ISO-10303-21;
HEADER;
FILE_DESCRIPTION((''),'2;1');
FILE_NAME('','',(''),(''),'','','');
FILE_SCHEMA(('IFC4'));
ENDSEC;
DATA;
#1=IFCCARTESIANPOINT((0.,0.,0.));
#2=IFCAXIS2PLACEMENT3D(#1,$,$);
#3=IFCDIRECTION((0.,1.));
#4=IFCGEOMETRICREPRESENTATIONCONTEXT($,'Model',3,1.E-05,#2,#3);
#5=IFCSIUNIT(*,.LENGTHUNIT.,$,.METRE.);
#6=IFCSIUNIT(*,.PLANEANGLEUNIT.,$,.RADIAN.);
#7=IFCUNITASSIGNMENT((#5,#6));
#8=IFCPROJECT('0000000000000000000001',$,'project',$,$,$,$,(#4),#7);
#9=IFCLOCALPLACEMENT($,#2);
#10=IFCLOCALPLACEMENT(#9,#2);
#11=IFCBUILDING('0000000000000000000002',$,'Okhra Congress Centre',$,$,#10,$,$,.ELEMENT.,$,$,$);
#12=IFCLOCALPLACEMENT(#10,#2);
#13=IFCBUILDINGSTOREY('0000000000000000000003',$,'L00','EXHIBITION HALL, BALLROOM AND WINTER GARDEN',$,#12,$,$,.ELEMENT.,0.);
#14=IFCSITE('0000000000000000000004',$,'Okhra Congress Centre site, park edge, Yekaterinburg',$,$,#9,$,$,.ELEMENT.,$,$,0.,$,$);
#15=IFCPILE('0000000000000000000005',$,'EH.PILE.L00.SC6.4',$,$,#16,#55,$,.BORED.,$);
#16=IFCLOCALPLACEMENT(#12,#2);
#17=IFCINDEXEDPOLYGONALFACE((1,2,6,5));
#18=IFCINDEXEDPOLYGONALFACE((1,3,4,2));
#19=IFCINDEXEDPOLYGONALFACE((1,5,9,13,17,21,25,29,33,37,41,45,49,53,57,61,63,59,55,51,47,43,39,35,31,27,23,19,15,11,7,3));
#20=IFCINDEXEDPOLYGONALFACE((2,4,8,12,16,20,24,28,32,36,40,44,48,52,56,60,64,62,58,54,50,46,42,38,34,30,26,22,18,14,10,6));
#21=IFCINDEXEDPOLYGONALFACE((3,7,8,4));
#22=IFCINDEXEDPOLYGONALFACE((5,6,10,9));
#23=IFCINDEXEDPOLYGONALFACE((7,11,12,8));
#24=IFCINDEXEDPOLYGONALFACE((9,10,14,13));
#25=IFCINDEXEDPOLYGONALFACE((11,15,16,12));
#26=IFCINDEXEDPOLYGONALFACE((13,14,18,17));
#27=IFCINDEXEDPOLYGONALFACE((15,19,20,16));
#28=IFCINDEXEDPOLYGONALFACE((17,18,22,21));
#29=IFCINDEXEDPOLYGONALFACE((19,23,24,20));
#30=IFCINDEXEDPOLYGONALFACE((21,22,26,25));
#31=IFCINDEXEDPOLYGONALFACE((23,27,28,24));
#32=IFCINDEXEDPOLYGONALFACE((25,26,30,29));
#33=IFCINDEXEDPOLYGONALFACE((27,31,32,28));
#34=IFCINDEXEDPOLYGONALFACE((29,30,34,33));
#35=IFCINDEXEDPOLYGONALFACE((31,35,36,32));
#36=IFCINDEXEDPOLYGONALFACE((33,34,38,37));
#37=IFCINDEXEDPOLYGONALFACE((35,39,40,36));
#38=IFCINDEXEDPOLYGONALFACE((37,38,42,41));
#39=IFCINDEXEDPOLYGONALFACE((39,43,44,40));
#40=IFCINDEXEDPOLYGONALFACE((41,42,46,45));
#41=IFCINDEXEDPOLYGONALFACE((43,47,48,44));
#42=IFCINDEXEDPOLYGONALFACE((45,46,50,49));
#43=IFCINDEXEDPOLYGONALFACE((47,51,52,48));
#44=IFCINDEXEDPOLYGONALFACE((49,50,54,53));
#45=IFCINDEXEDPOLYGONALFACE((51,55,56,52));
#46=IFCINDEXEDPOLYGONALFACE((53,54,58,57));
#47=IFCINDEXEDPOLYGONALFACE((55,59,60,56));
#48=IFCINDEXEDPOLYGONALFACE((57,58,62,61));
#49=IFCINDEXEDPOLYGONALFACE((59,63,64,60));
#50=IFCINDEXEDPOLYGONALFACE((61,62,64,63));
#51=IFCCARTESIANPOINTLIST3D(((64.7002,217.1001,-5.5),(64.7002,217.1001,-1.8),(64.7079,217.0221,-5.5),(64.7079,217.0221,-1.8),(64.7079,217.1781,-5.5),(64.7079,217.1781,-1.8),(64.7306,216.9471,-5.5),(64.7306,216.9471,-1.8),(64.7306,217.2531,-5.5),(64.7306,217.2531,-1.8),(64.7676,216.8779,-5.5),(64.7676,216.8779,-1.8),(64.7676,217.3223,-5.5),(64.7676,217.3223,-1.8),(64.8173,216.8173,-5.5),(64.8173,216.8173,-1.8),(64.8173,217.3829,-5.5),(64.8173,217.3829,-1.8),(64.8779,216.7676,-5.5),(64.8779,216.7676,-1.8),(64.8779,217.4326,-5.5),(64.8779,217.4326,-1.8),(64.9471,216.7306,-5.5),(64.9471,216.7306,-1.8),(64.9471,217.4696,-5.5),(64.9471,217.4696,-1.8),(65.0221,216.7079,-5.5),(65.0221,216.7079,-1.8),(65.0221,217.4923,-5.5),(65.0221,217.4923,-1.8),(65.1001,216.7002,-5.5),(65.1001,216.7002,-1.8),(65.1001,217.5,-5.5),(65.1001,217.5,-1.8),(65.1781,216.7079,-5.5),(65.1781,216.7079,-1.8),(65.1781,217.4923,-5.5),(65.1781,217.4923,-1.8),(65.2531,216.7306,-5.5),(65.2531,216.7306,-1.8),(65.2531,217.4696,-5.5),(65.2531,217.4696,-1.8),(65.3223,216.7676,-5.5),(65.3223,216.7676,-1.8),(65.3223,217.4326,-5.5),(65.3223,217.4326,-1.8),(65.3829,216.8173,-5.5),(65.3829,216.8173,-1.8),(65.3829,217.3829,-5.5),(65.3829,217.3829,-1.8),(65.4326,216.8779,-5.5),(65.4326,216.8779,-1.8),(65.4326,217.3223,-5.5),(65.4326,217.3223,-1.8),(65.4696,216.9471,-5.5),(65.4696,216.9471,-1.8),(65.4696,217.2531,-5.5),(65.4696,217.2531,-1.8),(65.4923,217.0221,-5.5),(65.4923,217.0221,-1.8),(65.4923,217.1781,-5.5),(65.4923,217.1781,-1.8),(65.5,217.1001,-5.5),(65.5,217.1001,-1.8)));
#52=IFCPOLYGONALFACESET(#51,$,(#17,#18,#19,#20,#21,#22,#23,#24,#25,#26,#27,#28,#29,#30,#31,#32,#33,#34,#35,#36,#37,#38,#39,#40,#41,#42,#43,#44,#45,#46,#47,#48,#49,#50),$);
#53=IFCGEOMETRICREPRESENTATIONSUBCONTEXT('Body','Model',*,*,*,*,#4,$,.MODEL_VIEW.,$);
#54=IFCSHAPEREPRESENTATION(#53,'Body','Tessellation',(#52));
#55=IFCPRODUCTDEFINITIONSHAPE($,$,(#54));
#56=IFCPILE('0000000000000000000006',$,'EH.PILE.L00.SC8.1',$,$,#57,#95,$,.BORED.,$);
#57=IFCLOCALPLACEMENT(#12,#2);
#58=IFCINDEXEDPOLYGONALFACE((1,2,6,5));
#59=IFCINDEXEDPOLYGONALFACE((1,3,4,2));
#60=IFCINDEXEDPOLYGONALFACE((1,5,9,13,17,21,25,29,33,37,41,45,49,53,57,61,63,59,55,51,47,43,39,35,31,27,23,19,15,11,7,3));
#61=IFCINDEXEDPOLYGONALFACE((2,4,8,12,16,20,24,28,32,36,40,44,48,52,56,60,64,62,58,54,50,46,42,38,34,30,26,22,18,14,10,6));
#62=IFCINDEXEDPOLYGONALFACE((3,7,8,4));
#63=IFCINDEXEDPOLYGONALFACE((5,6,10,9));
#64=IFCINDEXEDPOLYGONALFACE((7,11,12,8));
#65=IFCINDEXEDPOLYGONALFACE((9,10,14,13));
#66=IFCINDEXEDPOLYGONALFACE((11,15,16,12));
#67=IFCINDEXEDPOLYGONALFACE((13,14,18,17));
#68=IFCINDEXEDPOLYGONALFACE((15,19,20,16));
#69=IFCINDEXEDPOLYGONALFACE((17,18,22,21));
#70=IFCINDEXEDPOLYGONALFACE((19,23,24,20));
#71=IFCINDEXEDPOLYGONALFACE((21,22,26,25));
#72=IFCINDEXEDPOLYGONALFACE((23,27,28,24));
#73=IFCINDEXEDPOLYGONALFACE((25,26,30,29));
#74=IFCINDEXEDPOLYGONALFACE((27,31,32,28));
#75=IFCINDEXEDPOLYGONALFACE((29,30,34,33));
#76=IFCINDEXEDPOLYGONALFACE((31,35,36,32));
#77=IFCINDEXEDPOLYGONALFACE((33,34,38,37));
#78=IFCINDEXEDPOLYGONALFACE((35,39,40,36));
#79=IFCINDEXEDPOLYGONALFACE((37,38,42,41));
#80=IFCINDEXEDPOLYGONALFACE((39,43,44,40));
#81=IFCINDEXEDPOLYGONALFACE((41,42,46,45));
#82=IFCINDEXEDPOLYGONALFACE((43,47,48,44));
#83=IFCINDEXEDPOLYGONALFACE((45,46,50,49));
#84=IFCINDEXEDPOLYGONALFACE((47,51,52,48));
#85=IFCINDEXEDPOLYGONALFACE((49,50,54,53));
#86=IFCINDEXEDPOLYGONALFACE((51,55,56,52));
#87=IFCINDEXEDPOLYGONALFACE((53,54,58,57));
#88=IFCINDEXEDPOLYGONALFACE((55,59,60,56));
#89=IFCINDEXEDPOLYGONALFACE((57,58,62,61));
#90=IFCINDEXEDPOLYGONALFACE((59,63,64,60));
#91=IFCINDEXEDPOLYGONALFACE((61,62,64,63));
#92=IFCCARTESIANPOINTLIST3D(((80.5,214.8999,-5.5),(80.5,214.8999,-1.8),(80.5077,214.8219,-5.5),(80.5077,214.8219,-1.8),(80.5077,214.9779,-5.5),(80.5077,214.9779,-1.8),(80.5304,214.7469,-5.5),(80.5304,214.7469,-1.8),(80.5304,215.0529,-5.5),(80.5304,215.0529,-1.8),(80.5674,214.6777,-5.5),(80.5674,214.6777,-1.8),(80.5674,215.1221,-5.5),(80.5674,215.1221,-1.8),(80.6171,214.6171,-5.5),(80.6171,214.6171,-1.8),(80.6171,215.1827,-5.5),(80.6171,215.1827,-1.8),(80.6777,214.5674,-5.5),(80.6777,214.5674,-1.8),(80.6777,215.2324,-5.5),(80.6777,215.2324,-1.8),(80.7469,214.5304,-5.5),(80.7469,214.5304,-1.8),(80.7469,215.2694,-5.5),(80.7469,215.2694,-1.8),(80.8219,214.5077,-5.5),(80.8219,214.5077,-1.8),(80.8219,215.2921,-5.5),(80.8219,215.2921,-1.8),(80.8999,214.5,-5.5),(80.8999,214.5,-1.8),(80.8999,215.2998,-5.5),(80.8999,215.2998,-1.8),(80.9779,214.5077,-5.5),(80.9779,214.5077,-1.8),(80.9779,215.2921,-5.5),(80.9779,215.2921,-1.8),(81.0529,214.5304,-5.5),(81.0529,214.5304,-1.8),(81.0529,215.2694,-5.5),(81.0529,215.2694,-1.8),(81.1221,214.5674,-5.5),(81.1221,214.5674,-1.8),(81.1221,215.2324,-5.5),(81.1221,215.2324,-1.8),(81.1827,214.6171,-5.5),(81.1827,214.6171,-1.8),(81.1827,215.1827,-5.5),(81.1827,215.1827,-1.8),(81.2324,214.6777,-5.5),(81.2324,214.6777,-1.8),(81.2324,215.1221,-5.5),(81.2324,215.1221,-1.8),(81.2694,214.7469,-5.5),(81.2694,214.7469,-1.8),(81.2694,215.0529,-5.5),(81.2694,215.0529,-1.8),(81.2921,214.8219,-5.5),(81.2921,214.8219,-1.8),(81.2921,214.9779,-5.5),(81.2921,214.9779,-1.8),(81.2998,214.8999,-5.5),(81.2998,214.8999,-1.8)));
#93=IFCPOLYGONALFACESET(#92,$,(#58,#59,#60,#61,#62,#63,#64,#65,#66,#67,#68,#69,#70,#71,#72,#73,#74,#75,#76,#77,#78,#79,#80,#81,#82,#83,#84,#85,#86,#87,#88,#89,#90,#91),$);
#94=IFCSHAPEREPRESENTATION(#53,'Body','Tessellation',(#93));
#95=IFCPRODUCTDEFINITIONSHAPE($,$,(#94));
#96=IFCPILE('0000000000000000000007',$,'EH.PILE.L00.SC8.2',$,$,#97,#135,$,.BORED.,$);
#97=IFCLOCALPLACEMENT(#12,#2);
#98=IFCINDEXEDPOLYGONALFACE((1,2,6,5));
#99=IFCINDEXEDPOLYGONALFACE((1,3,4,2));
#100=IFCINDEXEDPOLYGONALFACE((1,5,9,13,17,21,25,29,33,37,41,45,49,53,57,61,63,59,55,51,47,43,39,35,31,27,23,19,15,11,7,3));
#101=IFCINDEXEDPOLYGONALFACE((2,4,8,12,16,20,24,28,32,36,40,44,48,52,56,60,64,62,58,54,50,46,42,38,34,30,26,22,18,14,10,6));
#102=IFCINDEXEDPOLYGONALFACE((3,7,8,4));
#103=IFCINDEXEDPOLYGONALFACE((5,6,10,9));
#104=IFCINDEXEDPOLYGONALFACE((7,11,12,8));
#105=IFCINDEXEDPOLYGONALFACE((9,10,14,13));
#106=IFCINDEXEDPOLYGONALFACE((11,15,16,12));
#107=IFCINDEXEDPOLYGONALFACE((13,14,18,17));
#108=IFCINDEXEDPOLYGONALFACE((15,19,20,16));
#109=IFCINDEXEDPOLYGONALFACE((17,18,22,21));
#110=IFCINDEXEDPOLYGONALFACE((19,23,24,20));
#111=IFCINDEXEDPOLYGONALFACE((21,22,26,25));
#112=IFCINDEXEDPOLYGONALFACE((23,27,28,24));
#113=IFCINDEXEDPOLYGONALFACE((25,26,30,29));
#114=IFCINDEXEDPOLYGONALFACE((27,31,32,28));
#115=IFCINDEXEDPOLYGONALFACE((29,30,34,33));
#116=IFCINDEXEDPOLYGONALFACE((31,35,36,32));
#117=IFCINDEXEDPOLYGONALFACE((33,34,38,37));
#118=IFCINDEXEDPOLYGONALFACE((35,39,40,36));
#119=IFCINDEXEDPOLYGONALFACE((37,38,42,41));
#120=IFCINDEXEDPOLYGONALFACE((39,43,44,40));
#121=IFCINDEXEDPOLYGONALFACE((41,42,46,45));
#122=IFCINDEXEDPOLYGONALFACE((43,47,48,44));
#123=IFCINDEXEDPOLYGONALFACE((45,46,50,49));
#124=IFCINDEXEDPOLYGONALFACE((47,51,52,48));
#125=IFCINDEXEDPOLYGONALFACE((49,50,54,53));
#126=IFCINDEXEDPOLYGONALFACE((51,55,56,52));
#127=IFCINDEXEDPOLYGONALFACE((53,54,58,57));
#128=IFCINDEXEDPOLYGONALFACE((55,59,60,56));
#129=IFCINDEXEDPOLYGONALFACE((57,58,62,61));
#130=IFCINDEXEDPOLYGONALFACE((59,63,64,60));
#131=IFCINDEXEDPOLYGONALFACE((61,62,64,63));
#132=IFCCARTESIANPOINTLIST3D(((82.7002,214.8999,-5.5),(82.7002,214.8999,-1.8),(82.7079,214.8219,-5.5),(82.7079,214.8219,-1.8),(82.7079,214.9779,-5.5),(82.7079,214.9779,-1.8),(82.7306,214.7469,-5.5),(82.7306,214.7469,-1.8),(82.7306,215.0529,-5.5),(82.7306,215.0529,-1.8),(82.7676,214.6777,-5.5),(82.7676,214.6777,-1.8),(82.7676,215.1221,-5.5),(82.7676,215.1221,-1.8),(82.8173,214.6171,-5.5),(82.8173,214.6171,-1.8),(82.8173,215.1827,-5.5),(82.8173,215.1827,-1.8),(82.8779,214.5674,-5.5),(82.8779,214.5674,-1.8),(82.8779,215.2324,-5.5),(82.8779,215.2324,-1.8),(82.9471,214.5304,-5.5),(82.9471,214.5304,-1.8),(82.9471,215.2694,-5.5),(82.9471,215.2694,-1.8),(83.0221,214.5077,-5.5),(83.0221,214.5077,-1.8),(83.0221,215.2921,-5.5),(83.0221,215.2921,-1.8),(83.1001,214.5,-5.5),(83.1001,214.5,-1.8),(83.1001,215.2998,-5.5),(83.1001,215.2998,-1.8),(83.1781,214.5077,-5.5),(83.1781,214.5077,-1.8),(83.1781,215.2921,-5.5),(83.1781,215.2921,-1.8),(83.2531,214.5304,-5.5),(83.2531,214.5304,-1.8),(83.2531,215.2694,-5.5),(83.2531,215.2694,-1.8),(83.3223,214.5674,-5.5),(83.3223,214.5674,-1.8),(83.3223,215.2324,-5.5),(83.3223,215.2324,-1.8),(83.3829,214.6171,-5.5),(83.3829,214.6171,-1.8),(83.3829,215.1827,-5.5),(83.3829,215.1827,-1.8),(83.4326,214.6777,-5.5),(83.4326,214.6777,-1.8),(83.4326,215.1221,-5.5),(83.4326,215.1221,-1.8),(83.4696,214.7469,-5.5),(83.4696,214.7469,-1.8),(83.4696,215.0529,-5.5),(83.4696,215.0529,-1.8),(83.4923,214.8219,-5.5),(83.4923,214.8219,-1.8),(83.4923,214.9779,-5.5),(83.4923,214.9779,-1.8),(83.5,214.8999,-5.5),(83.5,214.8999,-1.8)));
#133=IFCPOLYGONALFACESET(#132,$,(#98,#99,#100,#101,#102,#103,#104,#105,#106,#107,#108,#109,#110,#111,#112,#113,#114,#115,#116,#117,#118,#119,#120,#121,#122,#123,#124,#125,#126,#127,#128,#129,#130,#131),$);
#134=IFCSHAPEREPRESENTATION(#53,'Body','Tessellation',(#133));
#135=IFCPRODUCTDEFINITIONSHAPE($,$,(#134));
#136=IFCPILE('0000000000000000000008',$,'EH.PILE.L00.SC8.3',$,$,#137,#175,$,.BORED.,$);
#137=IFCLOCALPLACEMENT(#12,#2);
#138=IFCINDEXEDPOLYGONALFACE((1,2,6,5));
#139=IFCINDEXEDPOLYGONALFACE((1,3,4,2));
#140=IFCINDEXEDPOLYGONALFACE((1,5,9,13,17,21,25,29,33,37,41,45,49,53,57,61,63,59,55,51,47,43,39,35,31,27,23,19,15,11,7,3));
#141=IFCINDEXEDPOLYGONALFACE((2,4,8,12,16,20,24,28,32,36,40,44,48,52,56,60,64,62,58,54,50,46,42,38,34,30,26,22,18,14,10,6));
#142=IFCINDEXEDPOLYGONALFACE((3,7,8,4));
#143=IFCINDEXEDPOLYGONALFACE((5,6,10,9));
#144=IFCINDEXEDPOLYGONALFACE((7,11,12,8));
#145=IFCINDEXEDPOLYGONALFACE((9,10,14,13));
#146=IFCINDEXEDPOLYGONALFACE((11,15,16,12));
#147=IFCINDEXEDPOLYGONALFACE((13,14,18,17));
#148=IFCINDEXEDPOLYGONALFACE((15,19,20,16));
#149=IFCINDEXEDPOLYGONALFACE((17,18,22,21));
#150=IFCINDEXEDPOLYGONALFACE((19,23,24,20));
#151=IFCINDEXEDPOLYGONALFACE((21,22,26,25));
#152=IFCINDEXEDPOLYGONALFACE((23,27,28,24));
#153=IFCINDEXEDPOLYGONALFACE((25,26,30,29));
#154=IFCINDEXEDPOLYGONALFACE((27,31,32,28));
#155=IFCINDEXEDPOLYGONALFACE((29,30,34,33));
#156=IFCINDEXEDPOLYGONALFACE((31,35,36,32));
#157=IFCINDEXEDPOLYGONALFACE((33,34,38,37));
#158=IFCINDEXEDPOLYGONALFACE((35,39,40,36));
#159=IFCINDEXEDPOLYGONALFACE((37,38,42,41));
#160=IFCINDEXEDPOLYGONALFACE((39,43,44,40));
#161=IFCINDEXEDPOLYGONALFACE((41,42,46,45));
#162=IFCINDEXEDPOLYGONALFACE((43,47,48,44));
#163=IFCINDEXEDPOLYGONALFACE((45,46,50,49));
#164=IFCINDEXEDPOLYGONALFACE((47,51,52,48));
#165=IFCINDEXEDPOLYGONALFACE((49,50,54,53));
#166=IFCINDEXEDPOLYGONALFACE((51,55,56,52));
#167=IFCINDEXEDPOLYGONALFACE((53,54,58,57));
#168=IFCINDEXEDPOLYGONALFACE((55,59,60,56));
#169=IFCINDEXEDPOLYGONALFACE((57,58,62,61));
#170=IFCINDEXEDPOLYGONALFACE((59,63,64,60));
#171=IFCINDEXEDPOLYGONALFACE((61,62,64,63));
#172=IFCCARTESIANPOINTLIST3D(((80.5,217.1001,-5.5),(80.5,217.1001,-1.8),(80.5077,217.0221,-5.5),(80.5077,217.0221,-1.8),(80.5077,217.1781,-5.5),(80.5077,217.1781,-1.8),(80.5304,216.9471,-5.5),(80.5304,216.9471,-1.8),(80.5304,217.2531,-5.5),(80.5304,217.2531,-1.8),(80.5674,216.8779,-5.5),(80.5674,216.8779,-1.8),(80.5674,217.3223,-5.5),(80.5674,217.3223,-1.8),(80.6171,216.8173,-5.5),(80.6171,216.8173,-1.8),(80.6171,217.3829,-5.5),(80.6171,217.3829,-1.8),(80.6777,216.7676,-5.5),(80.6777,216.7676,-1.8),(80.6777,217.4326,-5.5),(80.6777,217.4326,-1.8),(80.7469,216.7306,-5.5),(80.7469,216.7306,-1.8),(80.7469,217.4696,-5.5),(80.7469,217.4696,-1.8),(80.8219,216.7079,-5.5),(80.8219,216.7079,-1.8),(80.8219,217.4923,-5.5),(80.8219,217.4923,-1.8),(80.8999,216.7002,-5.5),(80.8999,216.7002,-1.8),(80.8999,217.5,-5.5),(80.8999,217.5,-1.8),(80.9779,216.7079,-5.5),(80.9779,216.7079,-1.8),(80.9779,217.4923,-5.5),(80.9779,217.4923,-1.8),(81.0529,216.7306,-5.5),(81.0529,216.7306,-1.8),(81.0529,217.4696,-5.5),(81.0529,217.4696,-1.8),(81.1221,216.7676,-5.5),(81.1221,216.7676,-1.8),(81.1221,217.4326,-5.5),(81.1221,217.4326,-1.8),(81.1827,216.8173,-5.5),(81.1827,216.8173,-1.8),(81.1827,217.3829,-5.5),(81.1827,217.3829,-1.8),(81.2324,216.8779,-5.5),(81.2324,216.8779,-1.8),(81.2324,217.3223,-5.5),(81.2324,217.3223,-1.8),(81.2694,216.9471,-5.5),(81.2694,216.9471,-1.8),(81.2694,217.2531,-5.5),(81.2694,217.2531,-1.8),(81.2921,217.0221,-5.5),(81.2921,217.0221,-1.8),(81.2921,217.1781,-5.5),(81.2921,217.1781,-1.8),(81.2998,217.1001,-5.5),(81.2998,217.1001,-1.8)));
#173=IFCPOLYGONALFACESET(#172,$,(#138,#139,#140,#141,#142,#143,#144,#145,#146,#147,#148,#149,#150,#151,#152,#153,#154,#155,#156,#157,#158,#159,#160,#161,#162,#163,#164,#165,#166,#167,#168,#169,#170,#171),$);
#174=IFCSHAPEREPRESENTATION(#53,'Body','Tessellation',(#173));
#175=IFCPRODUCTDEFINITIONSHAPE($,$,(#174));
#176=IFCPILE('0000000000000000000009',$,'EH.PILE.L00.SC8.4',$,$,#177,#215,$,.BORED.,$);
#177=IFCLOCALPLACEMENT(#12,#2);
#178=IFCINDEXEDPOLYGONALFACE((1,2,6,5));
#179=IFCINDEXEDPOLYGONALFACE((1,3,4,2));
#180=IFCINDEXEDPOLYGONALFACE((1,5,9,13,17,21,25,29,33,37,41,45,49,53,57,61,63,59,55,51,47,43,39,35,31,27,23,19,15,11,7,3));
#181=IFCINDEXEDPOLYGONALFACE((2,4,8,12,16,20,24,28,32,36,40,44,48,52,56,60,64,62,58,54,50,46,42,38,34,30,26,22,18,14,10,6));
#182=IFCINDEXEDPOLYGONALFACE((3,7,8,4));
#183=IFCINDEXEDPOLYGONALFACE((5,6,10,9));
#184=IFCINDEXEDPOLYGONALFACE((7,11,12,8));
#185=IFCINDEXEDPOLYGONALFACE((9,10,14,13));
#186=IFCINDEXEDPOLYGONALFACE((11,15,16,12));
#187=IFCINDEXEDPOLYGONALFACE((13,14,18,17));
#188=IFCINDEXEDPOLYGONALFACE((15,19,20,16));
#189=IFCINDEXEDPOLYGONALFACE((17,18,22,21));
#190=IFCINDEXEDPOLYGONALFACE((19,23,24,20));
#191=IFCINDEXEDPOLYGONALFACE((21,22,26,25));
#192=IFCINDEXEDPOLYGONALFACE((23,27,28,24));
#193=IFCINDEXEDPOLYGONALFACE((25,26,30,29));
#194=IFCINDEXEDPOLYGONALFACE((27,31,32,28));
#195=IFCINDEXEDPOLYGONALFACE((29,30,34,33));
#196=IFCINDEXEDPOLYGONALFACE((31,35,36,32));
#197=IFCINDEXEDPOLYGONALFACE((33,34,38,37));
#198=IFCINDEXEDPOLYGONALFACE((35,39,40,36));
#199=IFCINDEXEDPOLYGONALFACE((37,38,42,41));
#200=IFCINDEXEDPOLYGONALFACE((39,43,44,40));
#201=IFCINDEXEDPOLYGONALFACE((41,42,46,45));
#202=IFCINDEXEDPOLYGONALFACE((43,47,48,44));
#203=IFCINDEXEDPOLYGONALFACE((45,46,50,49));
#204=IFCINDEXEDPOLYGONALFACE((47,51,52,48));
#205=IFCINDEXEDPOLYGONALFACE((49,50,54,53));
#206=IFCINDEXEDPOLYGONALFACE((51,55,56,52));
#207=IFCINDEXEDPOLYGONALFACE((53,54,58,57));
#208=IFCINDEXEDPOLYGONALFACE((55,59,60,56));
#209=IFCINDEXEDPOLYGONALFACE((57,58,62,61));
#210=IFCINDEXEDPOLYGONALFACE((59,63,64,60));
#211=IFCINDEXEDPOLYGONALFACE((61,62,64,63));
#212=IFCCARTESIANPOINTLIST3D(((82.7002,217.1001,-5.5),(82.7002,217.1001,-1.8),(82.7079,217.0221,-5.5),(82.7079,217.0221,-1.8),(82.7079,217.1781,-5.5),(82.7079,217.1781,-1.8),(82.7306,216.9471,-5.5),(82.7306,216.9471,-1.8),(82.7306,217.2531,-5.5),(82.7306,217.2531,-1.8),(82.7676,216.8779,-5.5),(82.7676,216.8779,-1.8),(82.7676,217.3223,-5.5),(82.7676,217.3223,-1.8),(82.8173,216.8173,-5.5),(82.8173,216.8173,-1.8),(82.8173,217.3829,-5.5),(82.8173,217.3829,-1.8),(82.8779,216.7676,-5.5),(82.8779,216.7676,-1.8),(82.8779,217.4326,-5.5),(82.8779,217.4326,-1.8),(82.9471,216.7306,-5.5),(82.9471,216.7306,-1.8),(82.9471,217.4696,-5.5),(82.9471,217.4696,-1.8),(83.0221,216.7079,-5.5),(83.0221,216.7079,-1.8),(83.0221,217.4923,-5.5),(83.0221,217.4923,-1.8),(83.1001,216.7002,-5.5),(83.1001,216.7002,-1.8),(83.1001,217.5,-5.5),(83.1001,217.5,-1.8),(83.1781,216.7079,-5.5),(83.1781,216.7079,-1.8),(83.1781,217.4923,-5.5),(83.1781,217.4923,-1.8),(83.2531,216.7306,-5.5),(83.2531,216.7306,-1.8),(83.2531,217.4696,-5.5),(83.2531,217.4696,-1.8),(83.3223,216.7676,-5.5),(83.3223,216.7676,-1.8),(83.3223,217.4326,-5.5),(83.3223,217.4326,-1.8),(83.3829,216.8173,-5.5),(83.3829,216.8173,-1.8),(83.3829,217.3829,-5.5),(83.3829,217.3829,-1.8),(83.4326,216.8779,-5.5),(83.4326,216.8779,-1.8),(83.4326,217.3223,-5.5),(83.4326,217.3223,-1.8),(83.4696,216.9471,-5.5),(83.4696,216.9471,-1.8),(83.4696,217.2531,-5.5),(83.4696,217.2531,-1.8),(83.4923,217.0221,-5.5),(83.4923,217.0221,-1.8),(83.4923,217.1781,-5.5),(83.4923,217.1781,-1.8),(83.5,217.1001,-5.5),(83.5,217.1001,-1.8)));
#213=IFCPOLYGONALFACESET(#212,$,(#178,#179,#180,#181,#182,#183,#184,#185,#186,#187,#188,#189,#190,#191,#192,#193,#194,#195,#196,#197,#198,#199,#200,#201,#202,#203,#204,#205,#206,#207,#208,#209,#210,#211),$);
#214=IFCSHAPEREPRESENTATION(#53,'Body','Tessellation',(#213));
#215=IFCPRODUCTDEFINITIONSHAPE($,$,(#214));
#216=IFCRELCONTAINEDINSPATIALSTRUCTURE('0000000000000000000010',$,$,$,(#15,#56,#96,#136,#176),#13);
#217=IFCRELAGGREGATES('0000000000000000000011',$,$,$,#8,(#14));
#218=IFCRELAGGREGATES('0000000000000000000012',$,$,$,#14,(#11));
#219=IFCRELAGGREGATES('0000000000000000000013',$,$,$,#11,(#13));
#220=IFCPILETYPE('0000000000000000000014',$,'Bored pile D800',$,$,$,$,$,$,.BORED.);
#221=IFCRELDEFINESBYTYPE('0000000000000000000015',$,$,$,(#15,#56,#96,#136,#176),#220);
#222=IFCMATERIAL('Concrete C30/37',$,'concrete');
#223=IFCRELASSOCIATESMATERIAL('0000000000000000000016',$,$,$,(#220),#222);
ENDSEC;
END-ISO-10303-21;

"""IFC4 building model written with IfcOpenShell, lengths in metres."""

from ifc_helpers import new_model, si_unit, direction, frame, origin, origin_2d, place, context, subcontext, project, spatial, circle, extrude, material, material_profile, profile_set, type_object, element, save


model = new_model("IFC4")

# Units and contexts
model_context = context("Model", 3, precision=1e-05, world=origin(), true_north=direction((0.0, 1.0)))
body_context = subcontext(model_context, "Body", "Model", "MODEL_VIEW")
ifc_project = project(units=[si_unit("LENGTHUNIT", "METRE"), si_unit("PLANEANGLEUNIT", "RADIAN")], contexts=[model_context])

# Site, building, storey
site_placement = place(None, origin())
site = spatial("IfcSite", under=ifc_project, at=site_placement, Name="Okhra Congress Centre site, park edge, Yekaterinburg", CompositionType="ELEMENT", RefElevation=0.0)
building_placement = place(site_placement, origin())
building = spatial("IfcBuilding", under=site, at=building_placement, Name="Okhra Congress Centre", CompositionType="ELEMENT")
storey_placement = place(building_placement, origin())
storey = spatial("IfcBuildingStorey", under=building, at=storey_placement, Name="L00", Description="EXHIBITION HALL, BALLROOM AND WINTER GARDEN", CompositionType="ELEMENT", Elevation=0.0)

# Piles
ifc_material_1 = material(Name="Concrete C30/37", Category="concrete")
ifc_material_profile_1 = material_profile(ifc_material_1, circle(Radius=0.3999, at=origin_2d()), Name="D800")
ifc_profile_set_1 = profile_set([ifc_material_profile_1], Name="Concrete C30/37")
pile_type = type_object("IfcPileType", Name="Bored pile D800", PredefinedType="BORED", material=ifc_profile_set_1)
for number, where, z_axis, x_axis, name in (
    (1, (65.1001, 217.1001, -1.8), (0.0, 0.0, -1.0), (1.0, 0.0, 0.0), "EH.PILE.L00.SC6.4"),
    (2, (80.8999, 214.8999, -1.8), (0.0, 0.0, -1.0), (1.0, 0.0, 0.0), "EH.PILE.L00.SC8.1"),
    (3, (83.1001, 214.8999, -1.8), (0.0, 0.0, -1.0), (1.0, 0.0, 0.0), "EH.PILE.L00.SC8.2"),
    (4, (80.8999, 217.1001, -1.8), (0.0, 0.0, -1.0), (1.0, 0.0, 0.0), "EH.PILE.L00.SC8.3"),
    (5, (83.1001, 217.1001, -1.8), (0.0, 0.0, -1.0), (1.0, 0.0, 0.0), "EH.PILE.L00.SC8.4"),
):
    element("IfcPile", number, at=place(storey_placement, frame(where, z_axis=z_axis, x_axis=x_axis)), inside=storey, type_object=pile_type, Name=name, PredefinedType="BORED", context=body_context, shape_type="SweptSolid", body=[
        extrude(circle(Radius=0.3999, at=origin_2d()), origin(), (0.0, 0.0, 1.0), 3.7),
    ])

save(model, "model.ifc")
